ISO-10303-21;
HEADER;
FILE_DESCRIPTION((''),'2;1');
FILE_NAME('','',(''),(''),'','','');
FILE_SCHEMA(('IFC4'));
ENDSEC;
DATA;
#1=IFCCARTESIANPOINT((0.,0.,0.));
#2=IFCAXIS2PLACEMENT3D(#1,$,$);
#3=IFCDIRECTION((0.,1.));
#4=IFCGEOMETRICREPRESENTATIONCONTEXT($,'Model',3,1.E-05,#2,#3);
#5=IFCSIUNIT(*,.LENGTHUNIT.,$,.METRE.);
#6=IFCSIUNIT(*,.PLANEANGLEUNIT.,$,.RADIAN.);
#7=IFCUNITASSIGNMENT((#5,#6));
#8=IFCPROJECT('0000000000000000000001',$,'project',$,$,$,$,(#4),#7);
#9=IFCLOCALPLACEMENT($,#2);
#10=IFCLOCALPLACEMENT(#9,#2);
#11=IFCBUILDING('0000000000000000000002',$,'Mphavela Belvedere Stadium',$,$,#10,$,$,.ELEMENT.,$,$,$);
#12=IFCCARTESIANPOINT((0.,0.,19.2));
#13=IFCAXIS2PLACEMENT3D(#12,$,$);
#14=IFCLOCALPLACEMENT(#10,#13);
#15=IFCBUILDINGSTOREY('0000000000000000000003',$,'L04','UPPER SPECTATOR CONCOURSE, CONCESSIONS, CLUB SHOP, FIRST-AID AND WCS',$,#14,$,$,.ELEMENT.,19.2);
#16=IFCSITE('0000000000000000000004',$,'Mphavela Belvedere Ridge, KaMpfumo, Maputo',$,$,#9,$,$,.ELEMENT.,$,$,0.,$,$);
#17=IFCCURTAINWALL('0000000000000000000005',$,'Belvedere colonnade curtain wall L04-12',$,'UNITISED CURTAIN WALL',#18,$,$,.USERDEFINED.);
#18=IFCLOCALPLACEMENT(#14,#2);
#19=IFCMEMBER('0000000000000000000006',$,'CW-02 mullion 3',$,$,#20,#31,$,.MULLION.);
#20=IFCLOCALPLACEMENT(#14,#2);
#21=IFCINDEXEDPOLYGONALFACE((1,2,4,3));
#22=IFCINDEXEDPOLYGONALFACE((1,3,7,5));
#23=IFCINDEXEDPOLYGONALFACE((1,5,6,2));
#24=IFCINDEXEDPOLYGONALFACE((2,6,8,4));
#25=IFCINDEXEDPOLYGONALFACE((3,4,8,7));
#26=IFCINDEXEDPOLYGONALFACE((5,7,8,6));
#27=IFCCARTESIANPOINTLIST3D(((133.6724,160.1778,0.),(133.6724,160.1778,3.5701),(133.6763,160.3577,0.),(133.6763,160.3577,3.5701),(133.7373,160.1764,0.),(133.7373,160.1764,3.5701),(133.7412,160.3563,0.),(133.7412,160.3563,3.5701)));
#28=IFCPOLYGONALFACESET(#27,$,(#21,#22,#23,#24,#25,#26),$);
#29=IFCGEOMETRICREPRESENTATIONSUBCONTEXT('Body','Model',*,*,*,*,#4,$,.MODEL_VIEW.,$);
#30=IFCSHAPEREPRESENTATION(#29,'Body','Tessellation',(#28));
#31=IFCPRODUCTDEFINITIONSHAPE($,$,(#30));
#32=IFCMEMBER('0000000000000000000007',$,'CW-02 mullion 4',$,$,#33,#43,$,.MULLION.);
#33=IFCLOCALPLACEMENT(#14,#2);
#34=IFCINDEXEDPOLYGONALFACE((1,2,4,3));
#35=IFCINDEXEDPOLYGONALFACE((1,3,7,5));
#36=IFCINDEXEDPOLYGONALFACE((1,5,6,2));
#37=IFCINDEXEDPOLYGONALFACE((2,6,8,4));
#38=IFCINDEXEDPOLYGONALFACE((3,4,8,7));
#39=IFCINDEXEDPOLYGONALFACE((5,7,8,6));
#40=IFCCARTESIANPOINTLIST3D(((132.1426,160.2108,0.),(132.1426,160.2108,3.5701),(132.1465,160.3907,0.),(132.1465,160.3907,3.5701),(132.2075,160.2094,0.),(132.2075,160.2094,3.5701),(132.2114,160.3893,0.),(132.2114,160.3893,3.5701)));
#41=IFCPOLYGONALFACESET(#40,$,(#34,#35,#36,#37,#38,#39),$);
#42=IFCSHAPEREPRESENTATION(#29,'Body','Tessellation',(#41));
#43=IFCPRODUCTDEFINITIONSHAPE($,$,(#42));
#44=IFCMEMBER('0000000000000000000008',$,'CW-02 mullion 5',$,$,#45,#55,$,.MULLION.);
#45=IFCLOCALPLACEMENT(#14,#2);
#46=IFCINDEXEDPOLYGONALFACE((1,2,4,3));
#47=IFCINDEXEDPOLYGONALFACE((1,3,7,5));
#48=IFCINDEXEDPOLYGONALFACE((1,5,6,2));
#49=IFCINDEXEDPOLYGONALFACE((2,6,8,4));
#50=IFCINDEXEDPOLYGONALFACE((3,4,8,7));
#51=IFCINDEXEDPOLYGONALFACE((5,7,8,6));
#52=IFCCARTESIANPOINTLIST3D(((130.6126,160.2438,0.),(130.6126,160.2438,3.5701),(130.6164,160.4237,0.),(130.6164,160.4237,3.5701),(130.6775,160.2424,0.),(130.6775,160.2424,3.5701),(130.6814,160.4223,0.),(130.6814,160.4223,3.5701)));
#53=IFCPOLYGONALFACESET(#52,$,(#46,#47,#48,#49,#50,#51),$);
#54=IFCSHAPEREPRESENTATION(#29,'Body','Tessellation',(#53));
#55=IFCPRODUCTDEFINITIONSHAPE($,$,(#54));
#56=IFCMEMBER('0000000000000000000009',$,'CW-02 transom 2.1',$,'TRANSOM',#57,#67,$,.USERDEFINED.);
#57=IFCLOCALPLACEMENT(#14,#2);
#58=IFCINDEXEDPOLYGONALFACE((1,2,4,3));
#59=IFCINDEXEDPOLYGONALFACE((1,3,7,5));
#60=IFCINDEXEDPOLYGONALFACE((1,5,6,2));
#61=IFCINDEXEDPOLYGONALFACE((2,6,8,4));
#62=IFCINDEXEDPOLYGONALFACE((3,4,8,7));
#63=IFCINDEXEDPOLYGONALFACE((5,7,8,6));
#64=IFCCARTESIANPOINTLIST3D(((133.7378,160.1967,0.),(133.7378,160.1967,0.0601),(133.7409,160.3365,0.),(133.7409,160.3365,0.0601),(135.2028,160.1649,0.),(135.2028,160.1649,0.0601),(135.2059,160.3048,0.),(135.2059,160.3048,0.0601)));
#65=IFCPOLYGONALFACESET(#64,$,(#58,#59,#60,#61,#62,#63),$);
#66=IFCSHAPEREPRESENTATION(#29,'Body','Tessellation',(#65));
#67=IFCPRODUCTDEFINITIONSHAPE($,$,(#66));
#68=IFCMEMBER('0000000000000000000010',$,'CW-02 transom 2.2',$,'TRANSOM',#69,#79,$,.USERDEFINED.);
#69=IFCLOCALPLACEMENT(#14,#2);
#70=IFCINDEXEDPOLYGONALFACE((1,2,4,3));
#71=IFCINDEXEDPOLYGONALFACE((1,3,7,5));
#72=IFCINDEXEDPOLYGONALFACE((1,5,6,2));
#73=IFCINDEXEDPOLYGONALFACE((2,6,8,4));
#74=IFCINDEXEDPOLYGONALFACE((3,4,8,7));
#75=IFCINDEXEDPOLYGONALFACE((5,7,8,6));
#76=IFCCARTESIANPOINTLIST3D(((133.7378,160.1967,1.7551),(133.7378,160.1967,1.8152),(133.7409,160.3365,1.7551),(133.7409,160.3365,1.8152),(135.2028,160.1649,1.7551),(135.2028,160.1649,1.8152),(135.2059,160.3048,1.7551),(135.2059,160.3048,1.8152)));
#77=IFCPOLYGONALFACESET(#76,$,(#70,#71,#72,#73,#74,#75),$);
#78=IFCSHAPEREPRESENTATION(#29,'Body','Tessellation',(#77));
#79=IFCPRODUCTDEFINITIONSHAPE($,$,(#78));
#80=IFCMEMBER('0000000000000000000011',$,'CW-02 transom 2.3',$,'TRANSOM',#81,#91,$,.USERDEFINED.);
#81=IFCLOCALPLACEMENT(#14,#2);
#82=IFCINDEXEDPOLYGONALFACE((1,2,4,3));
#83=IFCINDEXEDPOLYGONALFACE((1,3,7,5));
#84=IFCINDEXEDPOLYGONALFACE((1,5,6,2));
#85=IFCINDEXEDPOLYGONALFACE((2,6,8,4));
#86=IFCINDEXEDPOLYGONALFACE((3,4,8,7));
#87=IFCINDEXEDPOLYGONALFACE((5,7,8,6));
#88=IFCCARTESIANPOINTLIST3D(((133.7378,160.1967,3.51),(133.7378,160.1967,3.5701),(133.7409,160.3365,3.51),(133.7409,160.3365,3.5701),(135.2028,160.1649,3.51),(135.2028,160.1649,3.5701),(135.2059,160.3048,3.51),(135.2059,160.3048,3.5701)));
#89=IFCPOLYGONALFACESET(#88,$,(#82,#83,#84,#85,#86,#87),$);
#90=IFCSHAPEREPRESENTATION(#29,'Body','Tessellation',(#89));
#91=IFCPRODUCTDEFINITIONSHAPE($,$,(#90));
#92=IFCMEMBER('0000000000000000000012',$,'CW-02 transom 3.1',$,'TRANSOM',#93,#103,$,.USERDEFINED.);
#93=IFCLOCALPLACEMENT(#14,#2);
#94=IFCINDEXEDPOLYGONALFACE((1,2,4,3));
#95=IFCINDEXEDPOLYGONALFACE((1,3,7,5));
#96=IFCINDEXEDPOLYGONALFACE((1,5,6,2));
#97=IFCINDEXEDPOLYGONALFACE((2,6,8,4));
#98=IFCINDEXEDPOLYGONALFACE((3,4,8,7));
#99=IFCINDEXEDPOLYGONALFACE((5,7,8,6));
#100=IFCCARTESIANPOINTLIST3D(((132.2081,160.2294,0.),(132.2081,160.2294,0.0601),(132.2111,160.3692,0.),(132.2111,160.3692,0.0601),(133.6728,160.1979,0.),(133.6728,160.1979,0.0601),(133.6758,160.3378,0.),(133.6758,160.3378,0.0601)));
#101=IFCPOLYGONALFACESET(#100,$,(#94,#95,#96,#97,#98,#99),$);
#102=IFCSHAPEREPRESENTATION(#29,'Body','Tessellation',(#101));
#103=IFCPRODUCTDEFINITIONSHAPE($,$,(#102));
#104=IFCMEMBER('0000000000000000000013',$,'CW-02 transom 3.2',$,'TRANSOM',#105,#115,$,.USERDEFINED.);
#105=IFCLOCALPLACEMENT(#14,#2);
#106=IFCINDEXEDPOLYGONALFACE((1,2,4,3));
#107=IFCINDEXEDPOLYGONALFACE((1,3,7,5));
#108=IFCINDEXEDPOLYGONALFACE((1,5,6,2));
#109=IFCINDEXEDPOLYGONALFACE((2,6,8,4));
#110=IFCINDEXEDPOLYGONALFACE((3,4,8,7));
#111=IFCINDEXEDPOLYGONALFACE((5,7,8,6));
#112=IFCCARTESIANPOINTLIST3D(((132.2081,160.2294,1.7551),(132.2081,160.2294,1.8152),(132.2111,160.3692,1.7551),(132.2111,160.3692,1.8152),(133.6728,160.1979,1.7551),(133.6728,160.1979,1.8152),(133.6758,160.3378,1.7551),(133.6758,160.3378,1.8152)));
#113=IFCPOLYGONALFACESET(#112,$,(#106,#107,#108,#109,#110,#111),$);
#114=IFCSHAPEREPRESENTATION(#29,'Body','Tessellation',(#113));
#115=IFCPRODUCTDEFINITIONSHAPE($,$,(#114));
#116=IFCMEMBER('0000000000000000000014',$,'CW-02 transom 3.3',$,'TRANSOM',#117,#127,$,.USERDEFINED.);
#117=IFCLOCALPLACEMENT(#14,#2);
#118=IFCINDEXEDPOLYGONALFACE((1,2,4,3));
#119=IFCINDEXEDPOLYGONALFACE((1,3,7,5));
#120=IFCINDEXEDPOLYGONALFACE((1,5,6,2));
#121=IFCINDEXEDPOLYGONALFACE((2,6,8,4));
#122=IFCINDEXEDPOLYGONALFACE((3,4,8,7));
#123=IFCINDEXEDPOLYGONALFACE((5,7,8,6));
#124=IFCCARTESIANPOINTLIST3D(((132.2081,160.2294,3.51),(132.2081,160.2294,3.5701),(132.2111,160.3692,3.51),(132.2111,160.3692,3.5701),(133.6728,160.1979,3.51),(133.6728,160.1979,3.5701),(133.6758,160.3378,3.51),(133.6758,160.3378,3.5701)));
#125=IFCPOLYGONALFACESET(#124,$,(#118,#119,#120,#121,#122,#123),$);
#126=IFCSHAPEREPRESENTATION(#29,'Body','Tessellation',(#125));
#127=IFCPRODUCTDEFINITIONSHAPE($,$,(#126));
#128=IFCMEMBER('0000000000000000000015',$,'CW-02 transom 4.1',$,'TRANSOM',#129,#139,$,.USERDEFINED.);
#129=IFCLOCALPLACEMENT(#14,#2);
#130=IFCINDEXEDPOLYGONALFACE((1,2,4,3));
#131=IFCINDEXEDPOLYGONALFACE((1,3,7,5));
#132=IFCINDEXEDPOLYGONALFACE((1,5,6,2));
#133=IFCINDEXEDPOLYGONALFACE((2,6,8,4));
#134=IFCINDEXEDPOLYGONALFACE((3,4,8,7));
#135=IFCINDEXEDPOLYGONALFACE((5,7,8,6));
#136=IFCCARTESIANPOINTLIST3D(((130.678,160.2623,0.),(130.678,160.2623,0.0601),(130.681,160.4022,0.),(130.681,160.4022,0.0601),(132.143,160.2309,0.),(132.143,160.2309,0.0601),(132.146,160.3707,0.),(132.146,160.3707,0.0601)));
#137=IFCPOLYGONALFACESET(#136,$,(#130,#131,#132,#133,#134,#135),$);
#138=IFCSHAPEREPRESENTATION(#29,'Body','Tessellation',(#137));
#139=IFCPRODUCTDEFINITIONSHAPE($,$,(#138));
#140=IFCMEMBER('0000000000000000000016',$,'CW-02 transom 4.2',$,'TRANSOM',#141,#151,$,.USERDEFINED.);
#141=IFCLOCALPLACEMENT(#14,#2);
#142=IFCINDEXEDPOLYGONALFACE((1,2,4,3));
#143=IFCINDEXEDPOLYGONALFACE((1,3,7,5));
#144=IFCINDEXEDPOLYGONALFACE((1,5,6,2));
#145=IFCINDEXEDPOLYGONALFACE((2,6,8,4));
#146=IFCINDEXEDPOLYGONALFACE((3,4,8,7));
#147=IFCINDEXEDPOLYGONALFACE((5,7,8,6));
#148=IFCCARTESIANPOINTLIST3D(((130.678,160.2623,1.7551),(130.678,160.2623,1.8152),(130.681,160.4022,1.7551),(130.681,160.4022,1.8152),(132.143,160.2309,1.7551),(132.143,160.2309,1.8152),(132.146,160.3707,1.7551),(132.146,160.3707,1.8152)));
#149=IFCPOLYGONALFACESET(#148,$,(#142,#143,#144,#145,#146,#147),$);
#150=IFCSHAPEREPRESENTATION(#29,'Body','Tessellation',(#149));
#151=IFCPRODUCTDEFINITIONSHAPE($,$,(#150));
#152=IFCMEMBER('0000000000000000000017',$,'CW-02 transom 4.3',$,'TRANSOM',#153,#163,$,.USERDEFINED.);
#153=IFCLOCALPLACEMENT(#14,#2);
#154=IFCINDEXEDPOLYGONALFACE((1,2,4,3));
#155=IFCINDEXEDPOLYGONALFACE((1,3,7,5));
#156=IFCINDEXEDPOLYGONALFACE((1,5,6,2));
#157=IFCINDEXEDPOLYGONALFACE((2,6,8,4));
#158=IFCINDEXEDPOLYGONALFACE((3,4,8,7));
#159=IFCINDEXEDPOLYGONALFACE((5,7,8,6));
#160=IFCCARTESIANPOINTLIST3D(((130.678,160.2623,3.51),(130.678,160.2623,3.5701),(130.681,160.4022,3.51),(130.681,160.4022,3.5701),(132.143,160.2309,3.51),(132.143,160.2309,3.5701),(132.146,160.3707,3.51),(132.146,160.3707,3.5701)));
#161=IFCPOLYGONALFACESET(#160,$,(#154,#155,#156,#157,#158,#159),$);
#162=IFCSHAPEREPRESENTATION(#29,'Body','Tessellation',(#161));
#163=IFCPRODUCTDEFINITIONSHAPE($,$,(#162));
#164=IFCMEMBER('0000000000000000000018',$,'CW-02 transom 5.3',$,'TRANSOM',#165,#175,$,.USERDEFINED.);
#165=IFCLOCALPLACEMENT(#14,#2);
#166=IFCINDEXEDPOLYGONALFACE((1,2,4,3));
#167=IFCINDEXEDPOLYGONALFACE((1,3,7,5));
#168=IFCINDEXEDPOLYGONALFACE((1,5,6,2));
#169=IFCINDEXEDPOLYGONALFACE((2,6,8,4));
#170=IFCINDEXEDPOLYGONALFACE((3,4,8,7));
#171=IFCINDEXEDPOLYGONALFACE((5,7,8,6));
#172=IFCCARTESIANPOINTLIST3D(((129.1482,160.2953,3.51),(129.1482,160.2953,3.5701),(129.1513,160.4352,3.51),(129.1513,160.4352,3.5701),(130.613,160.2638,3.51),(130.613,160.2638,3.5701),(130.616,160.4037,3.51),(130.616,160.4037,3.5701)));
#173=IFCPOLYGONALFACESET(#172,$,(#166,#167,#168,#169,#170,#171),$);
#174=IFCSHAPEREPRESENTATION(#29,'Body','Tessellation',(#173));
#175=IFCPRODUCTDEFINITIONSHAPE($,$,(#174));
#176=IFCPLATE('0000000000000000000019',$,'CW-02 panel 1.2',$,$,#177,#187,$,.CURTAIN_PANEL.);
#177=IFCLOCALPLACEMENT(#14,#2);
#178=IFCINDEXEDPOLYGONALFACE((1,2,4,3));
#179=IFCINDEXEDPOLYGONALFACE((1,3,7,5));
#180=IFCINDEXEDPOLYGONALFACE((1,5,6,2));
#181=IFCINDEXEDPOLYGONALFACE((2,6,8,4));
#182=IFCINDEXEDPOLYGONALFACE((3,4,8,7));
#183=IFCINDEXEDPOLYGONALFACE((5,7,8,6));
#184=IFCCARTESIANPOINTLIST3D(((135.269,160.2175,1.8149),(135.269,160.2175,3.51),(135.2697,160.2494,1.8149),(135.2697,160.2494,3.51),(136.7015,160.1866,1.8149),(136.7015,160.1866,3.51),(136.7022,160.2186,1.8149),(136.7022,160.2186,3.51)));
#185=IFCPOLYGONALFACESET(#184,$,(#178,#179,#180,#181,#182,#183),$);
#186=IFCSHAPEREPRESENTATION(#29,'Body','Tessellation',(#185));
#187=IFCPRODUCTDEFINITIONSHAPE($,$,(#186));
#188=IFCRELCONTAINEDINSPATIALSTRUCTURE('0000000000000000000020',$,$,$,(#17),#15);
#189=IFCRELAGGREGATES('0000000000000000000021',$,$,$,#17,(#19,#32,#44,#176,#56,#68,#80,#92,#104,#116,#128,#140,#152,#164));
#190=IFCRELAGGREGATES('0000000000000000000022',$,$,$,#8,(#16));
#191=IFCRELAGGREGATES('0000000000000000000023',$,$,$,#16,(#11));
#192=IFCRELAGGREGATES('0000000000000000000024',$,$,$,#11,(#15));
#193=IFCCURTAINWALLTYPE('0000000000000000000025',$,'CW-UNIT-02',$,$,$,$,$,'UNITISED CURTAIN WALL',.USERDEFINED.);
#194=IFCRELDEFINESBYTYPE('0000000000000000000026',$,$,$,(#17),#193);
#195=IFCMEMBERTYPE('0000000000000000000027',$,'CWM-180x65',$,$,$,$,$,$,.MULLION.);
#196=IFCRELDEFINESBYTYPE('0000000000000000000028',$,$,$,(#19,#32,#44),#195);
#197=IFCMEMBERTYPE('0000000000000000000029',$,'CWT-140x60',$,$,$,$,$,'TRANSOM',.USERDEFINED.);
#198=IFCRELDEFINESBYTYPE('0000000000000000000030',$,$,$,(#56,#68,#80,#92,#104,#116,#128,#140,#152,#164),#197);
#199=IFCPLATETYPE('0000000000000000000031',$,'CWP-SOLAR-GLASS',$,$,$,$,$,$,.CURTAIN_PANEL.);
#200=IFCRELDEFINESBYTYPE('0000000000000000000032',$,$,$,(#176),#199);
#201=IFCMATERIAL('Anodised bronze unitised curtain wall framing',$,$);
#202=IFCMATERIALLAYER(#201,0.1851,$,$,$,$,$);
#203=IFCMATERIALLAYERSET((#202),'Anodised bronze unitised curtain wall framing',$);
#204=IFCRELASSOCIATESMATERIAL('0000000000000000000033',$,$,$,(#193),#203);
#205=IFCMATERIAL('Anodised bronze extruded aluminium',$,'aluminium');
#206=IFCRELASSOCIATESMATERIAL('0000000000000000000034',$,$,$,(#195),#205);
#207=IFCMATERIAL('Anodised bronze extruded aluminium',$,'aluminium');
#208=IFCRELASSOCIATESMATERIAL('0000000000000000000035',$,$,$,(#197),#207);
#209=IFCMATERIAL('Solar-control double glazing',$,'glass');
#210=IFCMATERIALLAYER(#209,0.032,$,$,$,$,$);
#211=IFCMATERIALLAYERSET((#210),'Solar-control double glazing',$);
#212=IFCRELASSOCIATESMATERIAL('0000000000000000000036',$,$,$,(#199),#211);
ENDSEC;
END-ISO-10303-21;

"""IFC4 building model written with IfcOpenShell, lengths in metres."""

from ifc_helpers import new_model, si_unit, direction, frame, origin, origin_2d, place, context, subcontext, project, spatial, rectangle, extrude, material, layer, layer_set, material_profile, profile_set, type_object, element, aggregate, save


model = new_model("IFC4")

# Units and contexts
model_context = context("Model", 3, precision=1e-05, world=origin(), true_north=direction((0.0, 1.0)))
body_context = subcontext(model_context, "Body", "Model", "MODEL_VIEW")
ifc_project = project(units=[si_unit("LENGTHUNIT", "METRE"), si_unit("PLANEANGLEUNIT", "RADIAN")], contexts=[model_context])

# Site, building, storey
site_placement = place(None, origin())
site = spatial("IfcSite", under=ifc_project, at=site_placement, Name="Mphavela Belvedere Ridge, KaMpfumo, Maputo", CompositionType="ELEMENT", RefElevation=0.0)
building_placement = place(site_placement, origin())
building = spatial("IfcBuilding", under=site, at=building_placement, Name="Mphavela Belvedere Stadium", CompositionType="ELEMENT")
storey_placement = place(building_placement, frame((0.0, 0.0, 19.2)))
storey = spatial("IfcBuildingStorey", under=building, at=storey_placement, Name="L04", Description="UPPER SPECTATOR CONCOURSE, CONCESSIONS, CLUB SHOP, FIRST-AID AND WCS", CompositionType="ELEMENT", Elevation=19.2)

# Curtain wall, members, plate
ifc_material_1 = material(Name="Anodised bronze unitised curtain wall framing")
ifc_layer_1 = layer(ifc_material_1, 0.1851)
ifc_layer_set_1 = layer_set([ifc_layer_1], Name="Anodised bronze unitised curtain wall framing")
curtain_wall_type = type_object("IfcCurtainWallType", Name="CW-UNIT-02", ElementType="UNITISED CURTAIN WALL", PredefinedType="USERDEFINED", material=ifc_layer_set_1)
curtain_wall_placement = place(storey_placement, origin())
curtain_wall = element("IfcCurtainWall", 1, at=curtain_wall_placement, inside=storey, type_object=curtain_wall_type, Name="Belvedere colonnade curtain wall L04-12", ObjectType="UNITISED CURTAIN WALL", PredefinedType="USERDEFINED")
ifc_material_2 = material(Name="Anodised bronze extruded aluminium", Category="aluminium")
ifc_material_profile_1 = material_profile(ifc_material_2, rectangle(XDim=0.1799, YDim=0.0649, at=origin_2d()), Name="CW-MUL 180x65")
ifc_profile_set_1 = profile_set([ifc_material_profile_1], Name="Anodised bronze extruded aluminium")
member_type_1 = type_object("IfcMemberType", Name="CWM-180x65", PredefinedType="MULLION", material=ifc_profile_set_1)
member_1_placement = place(storey_placement, frame((133.7068, 160.2671, 0.0), z_axis=(0.0, 0.0, 1.0), x_axis=(-0.021527, -0.999768, 0.0)))
member_1 = element("IfcMember", 2, at=member_1_placement, type_object=member_type_1, Name="CW-02 mullion 3", PredefinedType="MULLION", context=body_context, shape_type="SweptSolid", body=[
    extrude(rectangle(XDim=0.1799, YDim=0.0649, at=origin_2d()), origin(), (0.0, 0.0, 1.0), 3.5701),
])
member_2_placement = place(storey_placement, frame((132.177, 160.3, 0.0), z_axis=(0.0, 0.0, 1.0), x_axis=(-0.021527, -0.999768, 0.0)))
member_2 = element("IfcMember", 3, at=member_2_placement, type_object=member_type_1, Name="CW-02 mullion 4", PredefinedType="MULLION", context=body_context, shape_type="SweptSolid", body=[
    extrude(rectangle(XDim=0.1799, YDim=0.0649, at=origin_2d()), origin(), (0.0, 0.0, 1.0), 3.5701),
])
member_3_placement = place(storey_placement, frame((130.647, 160.333, 0.0), z_axis=(0.0, 0.0, 1.0), x_axis=(-0.021527, -0.999768, 0.0)))
member_3 = element("IfcMember", 4, at=member_3_placement, type_object=member_type_1, Name="CW-02 mullion 5", PredefinedType="MULLION", context=body_context, shape_type="SweptSolid", body=[
    extrude(rectangle(XDim=0.1799, YDim=0.0649, at=origin_2d()), origin(), (0.0, 0.0, 1.0), 3.5701),
])
ifc_material_3 = material(Name="Anodised bronze extruded aluminium", Category="aluminium")
ifc_material_profile_2 = material_profile(ifc_material_3, rectangle(XDim=0.1399, YDim=0.0601, at=origin_2d()), Name="CW-TRN 140x60")
ifc_profile_set_2 = profile_set([ifc_material_profile_2], Name="Anodised bronze extruded aluminium")
member_type_2 = type_object("IfcMemberType", Name="CWT-140x60", ElementType="TRANSOM", PredefinedType="USERDEFINED", material=ifc_profile_set_2)
member_4_placement = place(storey_placement, frame((135.2043, 160.2349, 0.03), z_axis=(-0.999765, 0.021658, 0.0), x_axis=(-0.021658, -0.999765, 0.0)))
member_4 = element("IfcMember", 5, at=member_4_placement, type_object=member_type_2, Name="CW-02 transom 2.1", ObjectType="TRANSOM", PredefinedType="USERDEFINED", context=body_context, shape_type="SweptSolid", body=[
    extrude(rectangle(XDim=0.1399, YDim=0.0601, at=origin_2d()), origin(), (0.0, 0.0, 1.0), 1.4653),
])
member_5_placement = place(storey_placement, frame((135.2043, 160.2349, 1.7852), z_axis=(-0.999765, 0.021658, 0.0), x_axis=(-0.021658, -0.999765, 0.0)))
member_5 = element("IfcMember", 6, at=member_5_placement, type_object=member_type_2, Name="CW-02 transom 2.2", ObjectType="TRANSOM", PredefinedType="USERDEFINED", context=body_context, shape_type="SweptSolid", body=[
    extrude(rectangle(XDim=0.1399, YDim=0.0601, at=origin_2d()), origin(), (0.0, 0.0, 1.0), 1.4653),
])
member_6_placement = place(storey_placement, frame((135.2043, 160.2349, 3.54), z_axis=(-0.999765, 0.021658, 0.0), x_axis=(-0.021658, -0.999765, 0.0)))
member_6 = element("IfcMember", 7, at=member_6_placement, type_object=member_type_2, Name="CW-02 transom 2.3", ObjectType="TRANSOM", PredefinedType="USERDEFINED", context=body_context, shape_type="SweptSolid", body=[
    extrude(rectangle(XDim=0.1399, YDim=0.0601, at=origin_2d()), origin(), (0.0, 0.0, 1.0), 1.4653),
])
member_7_placement = place(storey_placement, frame((133.6743, 160.2678, 0.03), z_axis=(-0.999769, 0.021495, 0.0), x_axis=(-0.021495, -0.999769, 0.0)))
member_7 = element("IfcMember", 8, at=member_7_placement, type_object=member_type_2, Name="CW-02 transom 3.1", ObjectType="TRANSOM", PredefinedType="USERDEFINED", context=body_context, shape_type="SweptSolid", body=[
    extrude(rectangle(XDim=0.1399, YDim=0.0601, at=origin_2d()), origin(), (0.0, 0.0, 1.0), 1.4651),
])
member_8_placement = place(storey_placement, frame((133.6743, 160.2678, 1.7852), z_axis=(-0.999769, 0.021495, 0.0), x_axis=(-0.021495, -0.999769, 0.0)))
member_8 = element("IfcMember", 9, at=member_8_placement, type_object=member_type_2, Name="CW-02 transom 3.2", ObjectType="TRANSOM", PredefinedType="USERDEFINED", context=body_context, shape_type="SweptSolid", body=[
    extrude(rectangle(XDim=0.1399, YDim=0.0601, at=origin_2d()), origin(), (0.0, 0.0, 1.0), 1.4651),
])
member_9_placement = place(storey_placement, frame((133.6743, 160.2678, 3.54), z_axis=(-0.999769, 0.021495, 0.0), x_axis=(-0.021495, -0.999769, 0.0)))
member_9 = element("IfcMember", 10, at=member_9_placement, type_object=member_type_2, Name="CW-02 transom 3.3", ObjectType="TRANSOM", PredefinedType="USERDEFINED", context=body_context, shape_type="SweptSolid", body=[
    extrude(rectangle(XDim=0.1399, YDim=0.0601, at=origin_2d()), origin(), (0.0, 0.0, 1.0), 1.4651),
])
member_10_placement = place(storey_placement, frame((132.1445, 160.3008, 0.03), z_axis=(-0.999769, 0.021491, 0.0), x_axis=(-0.021491, -0.999769, 0.0)))
member_10 = element("IfcMember", 11, at=member_10_placement, type_object=member_type_2, Name="CW-02 transom 4.1", ObjectType="TRANSOM", PredefinedType="USERDEFINED", context=body_context, shape_type="SweptSolid", body=[
    extrude(rectangle(XDim=0.1399, YDim=0.0601, at=origin_2d()), origin(), (0.0, 0.0, 1.0), 1.4653),
])
member_11_placement = place(storey_placement, frame((132.1445, 160.3008, 1.7852), z_axis=(-0.999769, 0.021491, 0.0), x_axis=(-0.021491, -0.999769, 0.0)))
member_11 = element("IfcMember", 12, at=member_11_placement, type_object=member_type_2, Name="CW-02 transom 4.2", ObjectType="TRANSOM", PredefinedType="USERDEFINED", context=body_context, shape_type="SweptSolid", body=[
    extrude(rectangle(XDim=0.1399, YDim=0.0601, at=origin_2d()), origin(), (0.0, 0.0, 1.0), 1.4653),
])
member_12_placement = place(storey_placement, frame((132.1445, 160.3008, 3.54), z_axis=(-0.999769, 0.021491, 0.0), x_axis=(-0.021491, -0.999769, 0.0)))
member_12 = element("IfcMember", 13, at=member_12_placement, type_object=member_type_2, Name="CW-02 transom 4.3", ObjectType="TRANSOM", PredefinedType="USERDEFINED", context=body_context, shape_type="SweptSolid", body=[
    extrude(rectangle(XDim=0.1399, YDim=0.0601, at=origin_2d()), origin(), (0.0, 0.0, 1.0), 1.4653),
])
member_13_placement = place(storey_placement, frame((130.6145, 160.3337, 3.54), z_axis=(-0.999769, 0.021495, 0.0), x_axis=(-0.021495, -0.999769, 0.0)))
member_13 = element("IfcMember", 14, at=member_13_placement, type_object=member_type_2, Name="CW-02 transom 5.3", ObjectType="TRANSOM", PredefinedType="USERDEFINED", context=body_context, shape_type="SweptSolid", body=[
    extrude(rectangle(XDim=0.1399, YDim=0.0601, at=origin_2d()), origin(), (0.0, 0.0, 1.0), 1.4651),
])
ifc_material_4 = material(Name="Solar-control double glazing", Category="glass")
ifc_layer_2 = layer(ifc_material_4, 0.032)
ifc_layer_set_2 = layer_set([ifc_layer_2], Name="Solar-control double glazing")
plate_type = type_object("IfcPlateType", Name="CWP-SOLAR-GLASS", PredefinedType="CURTAIN_PANEL", material=ifc_layer_set_2)
plate_1_placement = place(storey_placement, frame((135.9856, 160.218, 1.8149), z_axis=(0.0, 0.0, 1.0), x_axis=(-0.999768, 0.021527, 0.0)))
plate_1 = element("IfcPlate", 15, at=plate_1_placement, type_object=plate_type, Name="CW-02 panel 1.2", PredefinedType="CURTAIN_PANEL", context=body_context, shape_type="SweptSolid", body=[
    extrude(rectangle(XDim=1.4329, YDim=0.032, at=origin_2d()), origin(), (0.0, 0.0, 1.0), 1.6951),
])
aggregate(curtain_wall, [member_1, member_2, member_3, plate_1, member_4, member_5, member_6, member_7, member_8, member_9, member_10, member_11, member_12, member_13])

save(model, "model.ifc")
